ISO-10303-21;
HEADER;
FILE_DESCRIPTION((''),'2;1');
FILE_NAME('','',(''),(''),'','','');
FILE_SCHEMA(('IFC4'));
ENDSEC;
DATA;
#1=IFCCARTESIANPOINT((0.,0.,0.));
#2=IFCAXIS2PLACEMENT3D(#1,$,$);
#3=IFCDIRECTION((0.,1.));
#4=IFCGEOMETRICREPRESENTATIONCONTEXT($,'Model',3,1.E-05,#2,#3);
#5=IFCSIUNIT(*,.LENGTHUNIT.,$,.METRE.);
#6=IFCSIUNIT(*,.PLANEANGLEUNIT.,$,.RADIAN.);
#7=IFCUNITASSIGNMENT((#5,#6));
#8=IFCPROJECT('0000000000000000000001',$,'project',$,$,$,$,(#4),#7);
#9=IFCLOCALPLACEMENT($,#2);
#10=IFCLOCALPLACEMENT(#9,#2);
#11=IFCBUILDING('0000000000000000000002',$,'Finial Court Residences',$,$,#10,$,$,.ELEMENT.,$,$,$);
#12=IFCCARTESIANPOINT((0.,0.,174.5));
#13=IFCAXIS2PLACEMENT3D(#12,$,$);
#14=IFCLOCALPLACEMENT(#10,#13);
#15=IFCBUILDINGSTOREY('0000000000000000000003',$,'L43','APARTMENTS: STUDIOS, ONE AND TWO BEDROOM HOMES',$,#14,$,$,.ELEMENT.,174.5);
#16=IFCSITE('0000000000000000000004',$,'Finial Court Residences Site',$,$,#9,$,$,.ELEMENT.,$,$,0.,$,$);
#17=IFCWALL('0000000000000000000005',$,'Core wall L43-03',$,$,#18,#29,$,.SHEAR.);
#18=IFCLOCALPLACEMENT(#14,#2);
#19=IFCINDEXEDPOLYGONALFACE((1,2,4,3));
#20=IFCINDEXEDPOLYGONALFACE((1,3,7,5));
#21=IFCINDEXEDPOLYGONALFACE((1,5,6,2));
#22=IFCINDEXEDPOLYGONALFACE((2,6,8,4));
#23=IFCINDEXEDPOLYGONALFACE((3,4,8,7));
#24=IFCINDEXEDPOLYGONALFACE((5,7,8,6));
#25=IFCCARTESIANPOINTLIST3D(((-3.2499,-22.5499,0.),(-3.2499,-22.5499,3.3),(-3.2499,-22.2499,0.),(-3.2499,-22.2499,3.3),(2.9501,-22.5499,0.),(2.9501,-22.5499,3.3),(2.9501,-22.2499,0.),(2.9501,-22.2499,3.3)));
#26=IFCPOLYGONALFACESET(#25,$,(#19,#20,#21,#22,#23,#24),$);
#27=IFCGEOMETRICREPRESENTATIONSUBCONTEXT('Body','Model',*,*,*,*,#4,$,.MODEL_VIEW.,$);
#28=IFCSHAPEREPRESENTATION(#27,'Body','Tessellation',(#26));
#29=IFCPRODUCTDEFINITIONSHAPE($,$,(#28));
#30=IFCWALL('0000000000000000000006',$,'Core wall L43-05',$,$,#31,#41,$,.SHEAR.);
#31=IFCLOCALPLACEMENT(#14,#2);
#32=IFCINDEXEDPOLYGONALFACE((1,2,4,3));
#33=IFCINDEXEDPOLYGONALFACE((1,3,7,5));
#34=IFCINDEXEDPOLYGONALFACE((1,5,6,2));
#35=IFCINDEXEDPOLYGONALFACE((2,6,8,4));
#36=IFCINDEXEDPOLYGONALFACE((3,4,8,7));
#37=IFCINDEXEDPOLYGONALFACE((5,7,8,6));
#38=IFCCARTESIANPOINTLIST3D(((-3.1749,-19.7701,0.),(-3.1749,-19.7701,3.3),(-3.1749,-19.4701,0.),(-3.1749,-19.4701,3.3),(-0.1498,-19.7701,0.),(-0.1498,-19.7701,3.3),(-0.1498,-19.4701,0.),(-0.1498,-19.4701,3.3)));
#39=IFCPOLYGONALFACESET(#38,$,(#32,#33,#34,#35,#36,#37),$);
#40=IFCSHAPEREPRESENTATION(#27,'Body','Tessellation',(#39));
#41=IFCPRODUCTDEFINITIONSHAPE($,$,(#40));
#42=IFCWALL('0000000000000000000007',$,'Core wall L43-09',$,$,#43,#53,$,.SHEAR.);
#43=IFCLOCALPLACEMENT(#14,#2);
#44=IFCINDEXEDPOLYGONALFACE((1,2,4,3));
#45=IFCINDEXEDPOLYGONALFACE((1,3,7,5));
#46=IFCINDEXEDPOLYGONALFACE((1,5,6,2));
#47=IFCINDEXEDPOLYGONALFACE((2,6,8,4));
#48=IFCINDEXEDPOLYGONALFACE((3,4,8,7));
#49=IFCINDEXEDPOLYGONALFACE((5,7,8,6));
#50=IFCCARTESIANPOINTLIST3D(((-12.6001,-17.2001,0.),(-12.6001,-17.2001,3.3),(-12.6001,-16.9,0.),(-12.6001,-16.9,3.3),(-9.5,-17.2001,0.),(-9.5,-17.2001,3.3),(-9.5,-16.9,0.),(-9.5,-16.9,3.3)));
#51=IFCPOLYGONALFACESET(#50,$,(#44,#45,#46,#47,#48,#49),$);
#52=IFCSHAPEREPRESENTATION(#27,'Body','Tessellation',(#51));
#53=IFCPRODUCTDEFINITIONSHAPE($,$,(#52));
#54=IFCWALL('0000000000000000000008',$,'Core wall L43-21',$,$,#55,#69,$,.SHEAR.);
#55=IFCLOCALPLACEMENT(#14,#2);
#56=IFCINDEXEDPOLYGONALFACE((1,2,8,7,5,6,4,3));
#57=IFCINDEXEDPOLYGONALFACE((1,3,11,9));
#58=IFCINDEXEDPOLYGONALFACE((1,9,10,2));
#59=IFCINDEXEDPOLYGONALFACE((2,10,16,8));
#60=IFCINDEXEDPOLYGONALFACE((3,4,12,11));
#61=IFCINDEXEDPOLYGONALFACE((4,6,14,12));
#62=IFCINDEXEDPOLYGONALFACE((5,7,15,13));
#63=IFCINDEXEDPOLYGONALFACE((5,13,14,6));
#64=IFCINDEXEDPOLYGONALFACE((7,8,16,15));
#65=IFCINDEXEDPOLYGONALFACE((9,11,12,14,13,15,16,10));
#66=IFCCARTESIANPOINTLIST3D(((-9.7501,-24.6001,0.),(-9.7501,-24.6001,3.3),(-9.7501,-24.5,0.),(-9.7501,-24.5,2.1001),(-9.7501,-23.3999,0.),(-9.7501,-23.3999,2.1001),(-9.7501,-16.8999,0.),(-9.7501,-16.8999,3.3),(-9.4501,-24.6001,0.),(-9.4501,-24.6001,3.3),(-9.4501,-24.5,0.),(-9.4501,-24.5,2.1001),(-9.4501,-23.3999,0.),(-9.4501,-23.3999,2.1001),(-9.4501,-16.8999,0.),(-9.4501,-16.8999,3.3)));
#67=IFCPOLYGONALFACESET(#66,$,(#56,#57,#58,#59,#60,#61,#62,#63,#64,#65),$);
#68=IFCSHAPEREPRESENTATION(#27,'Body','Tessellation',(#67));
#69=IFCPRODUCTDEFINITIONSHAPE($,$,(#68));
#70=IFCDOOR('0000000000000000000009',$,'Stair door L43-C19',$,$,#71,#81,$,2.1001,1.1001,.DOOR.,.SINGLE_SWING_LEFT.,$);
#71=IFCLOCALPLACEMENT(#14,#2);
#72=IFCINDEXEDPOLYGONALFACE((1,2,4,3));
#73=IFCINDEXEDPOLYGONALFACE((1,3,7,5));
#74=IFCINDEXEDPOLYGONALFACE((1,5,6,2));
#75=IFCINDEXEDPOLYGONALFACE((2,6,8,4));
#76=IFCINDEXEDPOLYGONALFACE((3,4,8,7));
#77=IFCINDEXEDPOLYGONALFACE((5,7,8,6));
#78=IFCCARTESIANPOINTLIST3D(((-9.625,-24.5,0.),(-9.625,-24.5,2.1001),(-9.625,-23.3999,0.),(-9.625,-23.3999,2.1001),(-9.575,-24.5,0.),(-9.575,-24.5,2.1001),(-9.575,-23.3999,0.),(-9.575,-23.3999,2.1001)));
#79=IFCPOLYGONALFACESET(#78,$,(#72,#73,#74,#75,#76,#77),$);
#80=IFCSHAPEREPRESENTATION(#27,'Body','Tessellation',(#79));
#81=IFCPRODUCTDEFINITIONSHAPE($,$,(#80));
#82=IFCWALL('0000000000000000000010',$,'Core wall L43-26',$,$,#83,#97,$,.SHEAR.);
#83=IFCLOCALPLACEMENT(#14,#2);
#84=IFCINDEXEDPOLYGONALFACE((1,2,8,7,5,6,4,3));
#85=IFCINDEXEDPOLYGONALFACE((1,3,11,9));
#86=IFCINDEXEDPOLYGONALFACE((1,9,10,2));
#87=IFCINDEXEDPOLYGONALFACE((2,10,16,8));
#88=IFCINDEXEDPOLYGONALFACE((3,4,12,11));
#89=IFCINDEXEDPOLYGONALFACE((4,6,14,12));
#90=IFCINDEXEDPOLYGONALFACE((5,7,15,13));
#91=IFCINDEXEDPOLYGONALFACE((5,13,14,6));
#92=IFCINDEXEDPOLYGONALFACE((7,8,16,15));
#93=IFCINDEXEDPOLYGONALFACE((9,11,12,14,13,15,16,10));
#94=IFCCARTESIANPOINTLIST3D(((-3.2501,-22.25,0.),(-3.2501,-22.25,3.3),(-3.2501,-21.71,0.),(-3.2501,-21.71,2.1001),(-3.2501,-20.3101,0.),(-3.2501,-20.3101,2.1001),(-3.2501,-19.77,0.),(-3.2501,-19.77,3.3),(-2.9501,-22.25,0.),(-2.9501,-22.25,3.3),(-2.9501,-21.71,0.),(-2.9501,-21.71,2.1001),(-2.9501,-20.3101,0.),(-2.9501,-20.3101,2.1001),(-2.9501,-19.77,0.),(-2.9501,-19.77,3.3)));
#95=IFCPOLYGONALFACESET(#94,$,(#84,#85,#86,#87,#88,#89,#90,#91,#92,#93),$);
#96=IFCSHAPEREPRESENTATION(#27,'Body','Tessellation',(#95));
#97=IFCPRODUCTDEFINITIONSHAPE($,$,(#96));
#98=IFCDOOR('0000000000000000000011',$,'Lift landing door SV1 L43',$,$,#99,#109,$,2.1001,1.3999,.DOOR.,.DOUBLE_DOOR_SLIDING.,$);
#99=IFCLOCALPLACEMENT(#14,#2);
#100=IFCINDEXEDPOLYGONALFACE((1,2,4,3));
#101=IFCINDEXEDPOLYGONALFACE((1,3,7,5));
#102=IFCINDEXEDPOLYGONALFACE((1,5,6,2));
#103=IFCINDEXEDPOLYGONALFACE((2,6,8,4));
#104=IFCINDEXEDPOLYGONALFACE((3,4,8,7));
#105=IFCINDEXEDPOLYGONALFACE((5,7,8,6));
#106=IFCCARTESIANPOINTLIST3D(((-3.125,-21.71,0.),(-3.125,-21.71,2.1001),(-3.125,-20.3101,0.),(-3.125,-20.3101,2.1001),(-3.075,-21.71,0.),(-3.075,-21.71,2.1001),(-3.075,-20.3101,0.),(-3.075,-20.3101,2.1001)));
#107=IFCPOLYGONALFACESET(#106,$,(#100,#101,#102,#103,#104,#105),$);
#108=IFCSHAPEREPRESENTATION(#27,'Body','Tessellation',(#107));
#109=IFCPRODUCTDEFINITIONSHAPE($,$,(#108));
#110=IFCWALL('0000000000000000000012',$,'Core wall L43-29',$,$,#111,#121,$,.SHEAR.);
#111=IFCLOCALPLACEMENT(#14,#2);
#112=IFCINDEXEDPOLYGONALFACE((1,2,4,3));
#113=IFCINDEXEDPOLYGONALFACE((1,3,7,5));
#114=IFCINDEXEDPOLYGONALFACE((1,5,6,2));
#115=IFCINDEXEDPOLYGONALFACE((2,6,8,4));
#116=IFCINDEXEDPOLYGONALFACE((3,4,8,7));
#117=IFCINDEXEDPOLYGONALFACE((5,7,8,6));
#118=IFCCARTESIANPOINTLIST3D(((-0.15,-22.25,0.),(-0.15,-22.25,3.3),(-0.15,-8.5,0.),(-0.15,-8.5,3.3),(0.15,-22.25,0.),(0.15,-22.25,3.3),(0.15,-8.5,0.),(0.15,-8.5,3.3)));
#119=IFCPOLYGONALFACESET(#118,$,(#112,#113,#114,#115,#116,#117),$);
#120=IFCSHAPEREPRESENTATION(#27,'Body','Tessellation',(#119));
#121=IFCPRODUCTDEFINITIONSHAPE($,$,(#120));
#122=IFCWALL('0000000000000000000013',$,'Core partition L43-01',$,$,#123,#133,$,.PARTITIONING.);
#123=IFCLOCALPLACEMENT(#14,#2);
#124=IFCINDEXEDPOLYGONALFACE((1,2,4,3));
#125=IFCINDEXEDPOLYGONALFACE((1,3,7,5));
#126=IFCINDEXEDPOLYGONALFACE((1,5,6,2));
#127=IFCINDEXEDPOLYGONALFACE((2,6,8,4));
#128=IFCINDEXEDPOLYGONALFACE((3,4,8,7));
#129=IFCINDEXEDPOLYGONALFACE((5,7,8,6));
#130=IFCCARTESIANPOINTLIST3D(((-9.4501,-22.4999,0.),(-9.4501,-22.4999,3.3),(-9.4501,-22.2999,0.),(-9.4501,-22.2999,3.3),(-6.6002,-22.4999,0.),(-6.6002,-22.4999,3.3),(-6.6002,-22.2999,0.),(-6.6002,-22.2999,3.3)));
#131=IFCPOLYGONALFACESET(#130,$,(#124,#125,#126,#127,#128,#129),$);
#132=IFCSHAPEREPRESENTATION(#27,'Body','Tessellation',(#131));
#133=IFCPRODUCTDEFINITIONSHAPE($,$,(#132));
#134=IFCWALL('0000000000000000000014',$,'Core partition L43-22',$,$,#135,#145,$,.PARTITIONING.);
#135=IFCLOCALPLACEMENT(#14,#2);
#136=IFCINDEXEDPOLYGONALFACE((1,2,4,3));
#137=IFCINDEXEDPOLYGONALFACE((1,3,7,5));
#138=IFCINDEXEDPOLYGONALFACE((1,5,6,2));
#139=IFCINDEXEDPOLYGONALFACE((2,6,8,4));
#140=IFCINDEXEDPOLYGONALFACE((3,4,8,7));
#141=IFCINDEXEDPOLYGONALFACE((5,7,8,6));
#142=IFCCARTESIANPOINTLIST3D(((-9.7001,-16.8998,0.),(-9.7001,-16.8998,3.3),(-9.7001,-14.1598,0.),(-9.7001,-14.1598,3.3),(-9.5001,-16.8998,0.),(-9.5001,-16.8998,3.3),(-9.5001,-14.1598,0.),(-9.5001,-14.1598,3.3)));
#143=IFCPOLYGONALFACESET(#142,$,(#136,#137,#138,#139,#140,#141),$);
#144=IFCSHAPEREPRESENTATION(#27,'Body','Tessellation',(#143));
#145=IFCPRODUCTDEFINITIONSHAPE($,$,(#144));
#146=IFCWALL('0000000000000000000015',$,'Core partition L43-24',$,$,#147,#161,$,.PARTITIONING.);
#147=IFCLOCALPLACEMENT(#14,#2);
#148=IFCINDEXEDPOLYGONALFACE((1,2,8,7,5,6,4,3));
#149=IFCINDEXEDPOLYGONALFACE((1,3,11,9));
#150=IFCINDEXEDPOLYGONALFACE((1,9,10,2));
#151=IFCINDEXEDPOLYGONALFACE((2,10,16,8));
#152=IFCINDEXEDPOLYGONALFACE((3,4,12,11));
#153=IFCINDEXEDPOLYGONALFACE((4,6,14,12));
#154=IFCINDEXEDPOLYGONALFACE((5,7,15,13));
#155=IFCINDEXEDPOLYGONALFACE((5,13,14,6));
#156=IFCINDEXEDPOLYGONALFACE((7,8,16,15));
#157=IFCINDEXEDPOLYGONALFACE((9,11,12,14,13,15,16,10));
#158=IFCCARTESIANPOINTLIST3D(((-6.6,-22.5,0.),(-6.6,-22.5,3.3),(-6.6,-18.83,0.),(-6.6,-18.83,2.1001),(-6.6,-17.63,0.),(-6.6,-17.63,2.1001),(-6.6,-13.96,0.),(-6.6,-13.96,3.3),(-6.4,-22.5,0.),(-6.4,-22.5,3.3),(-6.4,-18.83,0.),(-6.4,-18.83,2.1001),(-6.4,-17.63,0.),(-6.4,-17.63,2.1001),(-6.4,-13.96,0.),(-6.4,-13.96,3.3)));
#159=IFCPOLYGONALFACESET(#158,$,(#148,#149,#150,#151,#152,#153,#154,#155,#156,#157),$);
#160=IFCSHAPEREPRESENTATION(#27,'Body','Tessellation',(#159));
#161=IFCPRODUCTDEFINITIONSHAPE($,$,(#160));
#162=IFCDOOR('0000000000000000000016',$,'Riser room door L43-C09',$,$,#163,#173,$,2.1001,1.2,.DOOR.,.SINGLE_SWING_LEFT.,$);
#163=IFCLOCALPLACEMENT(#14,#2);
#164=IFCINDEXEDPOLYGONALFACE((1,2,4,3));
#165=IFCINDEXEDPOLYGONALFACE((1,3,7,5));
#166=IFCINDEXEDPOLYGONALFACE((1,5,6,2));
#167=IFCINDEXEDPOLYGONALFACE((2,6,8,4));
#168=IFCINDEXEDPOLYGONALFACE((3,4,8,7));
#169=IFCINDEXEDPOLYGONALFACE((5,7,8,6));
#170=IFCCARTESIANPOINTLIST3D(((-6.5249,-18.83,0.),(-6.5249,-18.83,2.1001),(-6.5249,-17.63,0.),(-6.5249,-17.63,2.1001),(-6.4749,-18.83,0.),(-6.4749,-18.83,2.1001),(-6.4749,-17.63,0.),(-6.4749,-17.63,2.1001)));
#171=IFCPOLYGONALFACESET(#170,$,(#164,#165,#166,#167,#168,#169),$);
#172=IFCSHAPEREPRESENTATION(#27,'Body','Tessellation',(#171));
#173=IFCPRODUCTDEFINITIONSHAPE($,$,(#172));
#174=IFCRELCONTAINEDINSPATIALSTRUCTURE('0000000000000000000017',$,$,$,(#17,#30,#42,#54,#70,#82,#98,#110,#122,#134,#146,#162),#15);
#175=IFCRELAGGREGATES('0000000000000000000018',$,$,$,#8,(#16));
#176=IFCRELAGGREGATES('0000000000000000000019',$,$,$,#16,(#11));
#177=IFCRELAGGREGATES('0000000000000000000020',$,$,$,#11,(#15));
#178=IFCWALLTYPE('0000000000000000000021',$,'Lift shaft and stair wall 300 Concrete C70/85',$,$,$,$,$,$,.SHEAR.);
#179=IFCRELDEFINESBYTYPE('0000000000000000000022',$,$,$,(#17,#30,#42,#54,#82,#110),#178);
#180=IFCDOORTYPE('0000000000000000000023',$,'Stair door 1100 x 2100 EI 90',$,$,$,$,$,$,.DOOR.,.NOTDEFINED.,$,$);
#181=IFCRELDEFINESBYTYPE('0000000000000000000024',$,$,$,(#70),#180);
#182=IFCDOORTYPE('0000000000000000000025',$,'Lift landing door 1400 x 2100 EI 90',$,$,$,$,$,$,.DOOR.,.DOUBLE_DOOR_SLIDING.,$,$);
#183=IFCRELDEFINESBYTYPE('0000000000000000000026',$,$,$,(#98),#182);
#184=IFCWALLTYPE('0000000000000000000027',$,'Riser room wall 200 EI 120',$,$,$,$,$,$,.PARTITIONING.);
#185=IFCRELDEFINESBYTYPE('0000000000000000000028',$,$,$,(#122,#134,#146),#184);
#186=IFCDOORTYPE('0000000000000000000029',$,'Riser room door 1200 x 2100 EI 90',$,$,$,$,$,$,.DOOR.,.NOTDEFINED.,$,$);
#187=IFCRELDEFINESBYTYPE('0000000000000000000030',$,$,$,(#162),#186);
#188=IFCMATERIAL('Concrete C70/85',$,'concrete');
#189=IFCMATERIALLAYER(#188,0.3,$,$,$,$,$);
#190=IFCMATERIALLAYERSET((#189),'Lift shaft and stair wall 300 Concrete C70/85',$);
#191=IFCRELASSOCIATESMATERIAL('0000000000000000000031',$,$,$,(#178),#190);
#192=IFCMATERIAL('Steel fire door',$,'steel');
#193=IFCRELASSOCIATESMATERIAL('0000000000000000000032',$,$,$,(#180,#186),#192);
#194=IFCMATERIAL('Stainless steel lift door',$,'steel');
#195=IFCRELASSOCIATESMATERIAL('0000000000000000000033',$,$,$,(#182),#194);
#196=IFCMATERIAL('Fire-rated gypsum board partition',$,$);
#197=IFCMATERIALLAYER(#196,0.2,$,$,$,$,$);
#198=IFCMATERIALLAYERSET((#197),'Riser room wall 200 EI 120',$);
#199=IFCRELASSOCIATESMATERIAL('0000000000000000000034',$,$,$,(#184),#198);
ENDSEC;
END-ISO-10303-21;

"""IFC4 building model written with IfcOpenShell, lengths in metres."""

from ifc_helpers import new_model, si_unit, direction, frame, frame_2d, origin, place, context, subcontext, project, spatial, rectangle, extrude, material, layer, layer_set, type_object, element, fill, save


model = new_model("IFC4")

# Units and contexts
model_context = context("Model", 3, precision=1e-05, world=origin(), true_north=direction((0.0, 1.0)))
body_context = subcontext(model_context, "Body", "Model", "MODEL_VIEW")
ifc_project = project(units=[si_unit("LENGTHUNIT", "METRE"), si_unit("PLANEANGLEUNIT", "RADIAN")], contexts=[model_context])

# Site, building, storey
site_placement = place(None, origin())
site = spatial("IfcSite", under=ifc_project, at=site_placement, Name="Finial Court Residences Site", CompositionType="ELEMENT", RefElevation=0.0)
building_placement = place(site_placement, origin())
building = spatial("IfcBuilding", under=site, at=building_placement, Name="Finial Court Residences", CompositionType="ELEMENT")
storey_placement = place(building_placement, frame((0.0, 0.0, 174.5)))
storey = spatial("IfcBuildingStorey", under=building, at=storey_placement, Name="L43", Description="APARTMENTS: STUDIOS, ONE AND TWO BEDROOM HOMES", CompositionType="ELEMENT", Elevation=174.5)

# Walls
ifc_material_1 = material(Name="Concrete C70/85", Category="concrete")
ifc_layer_1 = layer(ifc_material_1, 0.3)
ifc_layer_set_1 = layer_set([ifc_layer_1], Name="Lift shaft and stair wall 300 Concrete C70/85")
wall_type_1 = type_object("IfcWallType", Name="Lift shaft and stair wall 300 Concrete C70/85", PredefinedType="SHEAR", material=ifc_layer_set_1)
wall_1_placement = place(storey_placement, frame((-3.25, -22.3999, 0.0), z_axis=(0.0, 0.0, 1.0), x_axis=(1.0, 0.0, 0.0)))
element("IfcWall", 1, at=wall_1_placement, inside=storey, type_object=wall_type_1, Name="Core wall L43-03", PredefinedType="SHEAR", context=body_context, shape_type="SweptSolid", body=[
    extrude(rectangle(XDim=6.2, YDim=0.3, at=frame_2d((3.1001, 0.0))), origin(), (0.0, 0.0, 1.0), 3.3),
])
wall_2_placement = place(storey_placement, frame((-3.175, -19.6201, 0.0), z_axis=(0.0, 0.0, 1.0), x_axis=(1.0, 0.0, 0.0)))
element("IfcWall", 2, at=wall_2_placement, inside=storey, type_object=wall_type_1, Name="Core wall L43-05", PredefinedType="SHEAR", context=body_context, shape_type="SweptSolid", body=[
    extrude(rectangle(XDim=3.0251, YDim=0.3, at=frame_2d((1.5127, 0.0))), origin(), (0.0, 0.0, 1.0), 3.3),
])
wall_3_placement = place(storey_placement, frame((-12.6001, -17.05, 0.0), z_axis=(0.0, 0.0, 1.0), x_axis=(1.0, 0.0, 0.0)))
element("IfcWall", 3, at=wall_3_placement, inside=storey, type_object=wall_type_1, Name="Core wall L43-09", PredefinedType="SHEAR", context=body_context, shape_type="SweptSolid", body=[
    extrude(rectangle(XDim=3.1001, YDim=0.3, at=frame_2d((1.55, 0.0))), origin(), (0.0, 0.0, 1.0), 3.3),
])

# Walls, openings, doors
wall_4_placement = place(storey_placement, frame((-9.6001, -24.6001, 0.0), z_axis=(0.0, 0.0, 1.0), x_axis=(0.0, 1.0, 0.0)))
wall_4 = element("IfcWall", 4, at=wall_4_placement, inside=storey, type_object=wall_type_1, Name="Core wall L43-21", PredefinedType="SHEAR", context=body_context, shape_type="SweptSolid", body=[
    extrude(rectangle(XDim=7.7002, YDim=0.3, at=frame_2d((3.8501, 0.0))), origin(), (0.0, 0.0, 1.0), 3.3),
])
opening_1_placement = place(wall_4_placement, frame((0.1001, 0.0, 0.0)))
opening_1 = element("IfcOpeningElement", 5, at=opening_1_placement, cuts=wall_4, PredefinedType="OPENING", context=body_context, shape_type="SweptSolid", body=[
    extrude(rectangle(XDim=1.1001, YDim=2.1001, at=frame_2d((0.55, 1.05))), frame((0.0, 0.1599, 0.0), z_axis=(0.0, -1.0, 0.0), x_axis=(1.0, 0.0, 0.0)), (0.0, 0.0, 1.0), 0.3201),
])
ifc_material_2 = material(Name="Steel fire door", Category="steel")
door_type_1 = type_object("IfcDoorType", Name="Stair door 1100 x 2100 EI 90", OperationType="NOTDEFINED", PredefinedType="DOOR", material=ifc_material_2)
door_1_placement = place(opening_1_placement, origin())
door_1 = element("IfcDoor", 6, at=door_1_placement, inside=storey, type_object=door_type_1, Name="Stair door L43-C19", OperationType="SINGLE_SWING_LEFT", OverallHeight=2.1001, OverallWidth=1.1001, PredefinedType="DOOR", context=body_context, shape_type="SweptSolid", body=[
    extrude(rectangle(XDim=1.1001, YDim=2.1001, at=frame_2d((0.55, 1.05))), frame((0.0, 0.0249, 0.0), z_axis=(0.0, -1.0, 0.0), x_axis=(1.0, 0.0, 0.0)), (0.0, 0.0, 1.0), 0.05),
])
fill(opening_1, door_1)
wall_5_placement = place(storey_placement, frame((-3.1001, -22.25, 0.0), z_axis=(0.0, 0.0, 1.0), x_axis=(0.0, 1.0, 0.0)))
wall_5 = element("IfcWall", 7, at=wall_5_placement, inside=storey, type_object=wall_type_1, Name="Core wall L43-26", PredefinedType="SHEAR", context=body_context, shape_type="SweptSolid", body=[
    extrude(rectangle(XDim=2.48, YDim=0.3, at=frame_2d((1.24, 0.0))), origin(), (0.0, 0.0, 1.0), 3.3),
])
opening_2_placement = place(wall_5_placement, frame((0.54, 0.0, 0.0)))
opening_2 = element("IfcOpeningElement", 8, at=opening_2_placement, cuts=wall_5, PredefinedType="OPENING", context=body_context, shape_type="SweptSolid", body=[
    extrude(rectangle(XDim=1.3999, YDim=2.1001, at=frame_2d((0.7, 1.05))), frame((0.0, 0.1599, 0.0), z_axis=(0.0, -1.0, 0.0), x_axis=(1.0, 0.0, 0.0)), (0.0, 0.0, 1.0), 0.3201),
])
ifc_material_3 = material(Name="Stainless steel lift door", Category="steel")
door_type_2 = type_object("IfcDoorType", Name="Lift landing door 1400 x 2100 EI 90", OperationType="DOUBLE_DOOR_SLIDING", PredefinedType="DOOR", material=ifc_material_3)
door_2_placement = place(opening_2_placement, origin())
door_2 = element("IfcDoor", 9, at=door_2_placement, inside=storey, type_object=door_type_2, Name="Lift landing door SV1 L43", OperationType="DOUBLE_DOOR_SLIDING", OverallHeight=2.1001, OverallWidth=1.3999, PredefinedType="DOOR", context=body_context, shape_type="SweptSolid", body=[
    extrude(rectangle(XDim=1.3999, YDim=2.1001, at=frame_2d((0.7, 1.05))), frame((0.0, 0.0249, 0.0), z_axis=(0.0, -1.0, 0.0), x_axis=(1.0, 0.0, 0.0)), (0.0, 0.0, 1.0), 0.05),
])
fill(opening_2, door_2)

# Walls
wall_6_placement = place(storey_placement, frame((0.0, -22.25, 0.0), z_axis=(0.0, 0.0, 1.0), x_axis=(0.0, 1.0, 0.0)))
element("IfcWall", 10, at=wall_6_placement, inside=storey, type_object=wall_type_1, Name="Core wall L43-29", PredefinedType="SHEAR", context=body_context, shape_type="SweptSolid", body=[
    extrude(rectangle(XDim=13.75, YDim=0.3, at=frame_2d((6.875, 0.0))), origin(), (0.0, 0.0, 1.0), 3.3),
])
ifc_material_4 = material(Name="Fire-rated gypsum board partition")
ifc_layer_2 = layer(ifc_material_4, 0.2)
ifc_layer_set_2 = layer_set([ifc_layer_2], Name="Riser room wall 200 EI 120")
wall_type_2 = type_object("IfcWallType", Name="Riser room wall 200 EI 120", PredefinedType="PARTITIONING", material=ifc_layer_set_2)
wall_7_placement = place(storey_placement, frame((-9.45, -22.3999, 0.0), z_axis=(0.0, 0.0, 1.0), x_axis=(1.0, 0.0, 0.0)))
element("IfcWall", 11, at=wall_7_placement, inside=storey, type_object=wall_type_2, Name="Core partition L43-01", PredefinedType="PARTITIONING", context=body_context, shape_type="SweptSolid", body=[
    extrude(rectangle(XDim=2.8499, YDim=0.2, at=frame_2d((1.4248, 0.0))), origin(), (0.0, 0.0, 1.0), 3.3),
])
wall_8_placement = place(storey_placement, frame((-9.6001, -16.8999, 0.0), z_axis=(0.0, 0.0, 1.0), x_axis=(0.0, 1.0, 0.0)))
element("IfcWall", 12, at=wall_8_placement, inside=storey, type_object=wall_type_2, Name="Core partition L43-22", PredefinedType="PARTITIONING", context=body_context, shape_type="SweptSolid", body=[
    extrude(rectangle(XDim=2.74, YDim=0.2, at=frame_2d((1.3701, 0.0))), origin(), (0.0, 0.0, 1.0), 3.3),
])

# Wall, opening, door
wall_9_placement = place(storey_placement, frame((-6.5, -22.5, 0.0), z_axis=(0.0, 0.0, 1.0), x_axis=(0.0, 1.0, 0.0)))
wall_9 = element("IfcWall", 13, at=wall_9_placement, inside=storey, type_object=wall_type_2, Name="Core partition L43-24", PredefinedType="PARTITIONING", context=body_context, shape_type="SweptSolid", body=[
    extrude(rectangle(XDim=8.54, YDim=0.2, at=frame_2d((4.27, 0.0))), origin(), (0.0, 0.0, 1.0), 3.3),
])
opening_3_placement = place(wall_9_placement, frame((3.6699, 0.0, 0.0)))
opening_3 = element("IfcOpeningElement", 14, at=opening_3_placement, cuts=wall_9, PredefinedType="OPENING", context=body_context, shape_type="SweptSolid", body=[
    extrude(rectangle(XDim=1.2, YDim=2.1001, at=frame_2d((0.6001, 1.05))), frame((0.0, 0.1099, 0.0), z_axis=(0.0, -1.0, 0.0), x_axis=(1.0, 0.0, 0.0)), (0.0, 0.0, 1.0), 0.22),
])
door_type_3 = type_object("IfcDoorType", Name="Riser room door 1200 x 2100 EI 90", OperationType="NOTDEFINED", PredefinedType="DOOR", material=ifc_material_2)
door_3_placement = place(opening_3_placement, origin())
door_3 = element("IfcDoor", 15, at=door_3_placement, inside=storey, type_object=door_type_3, Name="Riser room door L43-C09", OperationType="SINGLE_SWING_LEFT", OverallHeight=2.1001, OverallWidth=1.2, PredefinedType="DOOR", context=body_context, shape_type="SweptSolid", body=[
    extrude(rectangle(XDim=1.2, YDim=2.1001, at=frame_2d((0.6001, 1.05))), frame((0.0, 0.0249, 0.0), z_axis=(0.0, -1.0, 0.0), x_axis=(1.0, 0.0, 0.0)), (0.0, 0.0, 1.0), 0.05),
])
fill(opening_3, door_3)

save(model, "model.ifc")
